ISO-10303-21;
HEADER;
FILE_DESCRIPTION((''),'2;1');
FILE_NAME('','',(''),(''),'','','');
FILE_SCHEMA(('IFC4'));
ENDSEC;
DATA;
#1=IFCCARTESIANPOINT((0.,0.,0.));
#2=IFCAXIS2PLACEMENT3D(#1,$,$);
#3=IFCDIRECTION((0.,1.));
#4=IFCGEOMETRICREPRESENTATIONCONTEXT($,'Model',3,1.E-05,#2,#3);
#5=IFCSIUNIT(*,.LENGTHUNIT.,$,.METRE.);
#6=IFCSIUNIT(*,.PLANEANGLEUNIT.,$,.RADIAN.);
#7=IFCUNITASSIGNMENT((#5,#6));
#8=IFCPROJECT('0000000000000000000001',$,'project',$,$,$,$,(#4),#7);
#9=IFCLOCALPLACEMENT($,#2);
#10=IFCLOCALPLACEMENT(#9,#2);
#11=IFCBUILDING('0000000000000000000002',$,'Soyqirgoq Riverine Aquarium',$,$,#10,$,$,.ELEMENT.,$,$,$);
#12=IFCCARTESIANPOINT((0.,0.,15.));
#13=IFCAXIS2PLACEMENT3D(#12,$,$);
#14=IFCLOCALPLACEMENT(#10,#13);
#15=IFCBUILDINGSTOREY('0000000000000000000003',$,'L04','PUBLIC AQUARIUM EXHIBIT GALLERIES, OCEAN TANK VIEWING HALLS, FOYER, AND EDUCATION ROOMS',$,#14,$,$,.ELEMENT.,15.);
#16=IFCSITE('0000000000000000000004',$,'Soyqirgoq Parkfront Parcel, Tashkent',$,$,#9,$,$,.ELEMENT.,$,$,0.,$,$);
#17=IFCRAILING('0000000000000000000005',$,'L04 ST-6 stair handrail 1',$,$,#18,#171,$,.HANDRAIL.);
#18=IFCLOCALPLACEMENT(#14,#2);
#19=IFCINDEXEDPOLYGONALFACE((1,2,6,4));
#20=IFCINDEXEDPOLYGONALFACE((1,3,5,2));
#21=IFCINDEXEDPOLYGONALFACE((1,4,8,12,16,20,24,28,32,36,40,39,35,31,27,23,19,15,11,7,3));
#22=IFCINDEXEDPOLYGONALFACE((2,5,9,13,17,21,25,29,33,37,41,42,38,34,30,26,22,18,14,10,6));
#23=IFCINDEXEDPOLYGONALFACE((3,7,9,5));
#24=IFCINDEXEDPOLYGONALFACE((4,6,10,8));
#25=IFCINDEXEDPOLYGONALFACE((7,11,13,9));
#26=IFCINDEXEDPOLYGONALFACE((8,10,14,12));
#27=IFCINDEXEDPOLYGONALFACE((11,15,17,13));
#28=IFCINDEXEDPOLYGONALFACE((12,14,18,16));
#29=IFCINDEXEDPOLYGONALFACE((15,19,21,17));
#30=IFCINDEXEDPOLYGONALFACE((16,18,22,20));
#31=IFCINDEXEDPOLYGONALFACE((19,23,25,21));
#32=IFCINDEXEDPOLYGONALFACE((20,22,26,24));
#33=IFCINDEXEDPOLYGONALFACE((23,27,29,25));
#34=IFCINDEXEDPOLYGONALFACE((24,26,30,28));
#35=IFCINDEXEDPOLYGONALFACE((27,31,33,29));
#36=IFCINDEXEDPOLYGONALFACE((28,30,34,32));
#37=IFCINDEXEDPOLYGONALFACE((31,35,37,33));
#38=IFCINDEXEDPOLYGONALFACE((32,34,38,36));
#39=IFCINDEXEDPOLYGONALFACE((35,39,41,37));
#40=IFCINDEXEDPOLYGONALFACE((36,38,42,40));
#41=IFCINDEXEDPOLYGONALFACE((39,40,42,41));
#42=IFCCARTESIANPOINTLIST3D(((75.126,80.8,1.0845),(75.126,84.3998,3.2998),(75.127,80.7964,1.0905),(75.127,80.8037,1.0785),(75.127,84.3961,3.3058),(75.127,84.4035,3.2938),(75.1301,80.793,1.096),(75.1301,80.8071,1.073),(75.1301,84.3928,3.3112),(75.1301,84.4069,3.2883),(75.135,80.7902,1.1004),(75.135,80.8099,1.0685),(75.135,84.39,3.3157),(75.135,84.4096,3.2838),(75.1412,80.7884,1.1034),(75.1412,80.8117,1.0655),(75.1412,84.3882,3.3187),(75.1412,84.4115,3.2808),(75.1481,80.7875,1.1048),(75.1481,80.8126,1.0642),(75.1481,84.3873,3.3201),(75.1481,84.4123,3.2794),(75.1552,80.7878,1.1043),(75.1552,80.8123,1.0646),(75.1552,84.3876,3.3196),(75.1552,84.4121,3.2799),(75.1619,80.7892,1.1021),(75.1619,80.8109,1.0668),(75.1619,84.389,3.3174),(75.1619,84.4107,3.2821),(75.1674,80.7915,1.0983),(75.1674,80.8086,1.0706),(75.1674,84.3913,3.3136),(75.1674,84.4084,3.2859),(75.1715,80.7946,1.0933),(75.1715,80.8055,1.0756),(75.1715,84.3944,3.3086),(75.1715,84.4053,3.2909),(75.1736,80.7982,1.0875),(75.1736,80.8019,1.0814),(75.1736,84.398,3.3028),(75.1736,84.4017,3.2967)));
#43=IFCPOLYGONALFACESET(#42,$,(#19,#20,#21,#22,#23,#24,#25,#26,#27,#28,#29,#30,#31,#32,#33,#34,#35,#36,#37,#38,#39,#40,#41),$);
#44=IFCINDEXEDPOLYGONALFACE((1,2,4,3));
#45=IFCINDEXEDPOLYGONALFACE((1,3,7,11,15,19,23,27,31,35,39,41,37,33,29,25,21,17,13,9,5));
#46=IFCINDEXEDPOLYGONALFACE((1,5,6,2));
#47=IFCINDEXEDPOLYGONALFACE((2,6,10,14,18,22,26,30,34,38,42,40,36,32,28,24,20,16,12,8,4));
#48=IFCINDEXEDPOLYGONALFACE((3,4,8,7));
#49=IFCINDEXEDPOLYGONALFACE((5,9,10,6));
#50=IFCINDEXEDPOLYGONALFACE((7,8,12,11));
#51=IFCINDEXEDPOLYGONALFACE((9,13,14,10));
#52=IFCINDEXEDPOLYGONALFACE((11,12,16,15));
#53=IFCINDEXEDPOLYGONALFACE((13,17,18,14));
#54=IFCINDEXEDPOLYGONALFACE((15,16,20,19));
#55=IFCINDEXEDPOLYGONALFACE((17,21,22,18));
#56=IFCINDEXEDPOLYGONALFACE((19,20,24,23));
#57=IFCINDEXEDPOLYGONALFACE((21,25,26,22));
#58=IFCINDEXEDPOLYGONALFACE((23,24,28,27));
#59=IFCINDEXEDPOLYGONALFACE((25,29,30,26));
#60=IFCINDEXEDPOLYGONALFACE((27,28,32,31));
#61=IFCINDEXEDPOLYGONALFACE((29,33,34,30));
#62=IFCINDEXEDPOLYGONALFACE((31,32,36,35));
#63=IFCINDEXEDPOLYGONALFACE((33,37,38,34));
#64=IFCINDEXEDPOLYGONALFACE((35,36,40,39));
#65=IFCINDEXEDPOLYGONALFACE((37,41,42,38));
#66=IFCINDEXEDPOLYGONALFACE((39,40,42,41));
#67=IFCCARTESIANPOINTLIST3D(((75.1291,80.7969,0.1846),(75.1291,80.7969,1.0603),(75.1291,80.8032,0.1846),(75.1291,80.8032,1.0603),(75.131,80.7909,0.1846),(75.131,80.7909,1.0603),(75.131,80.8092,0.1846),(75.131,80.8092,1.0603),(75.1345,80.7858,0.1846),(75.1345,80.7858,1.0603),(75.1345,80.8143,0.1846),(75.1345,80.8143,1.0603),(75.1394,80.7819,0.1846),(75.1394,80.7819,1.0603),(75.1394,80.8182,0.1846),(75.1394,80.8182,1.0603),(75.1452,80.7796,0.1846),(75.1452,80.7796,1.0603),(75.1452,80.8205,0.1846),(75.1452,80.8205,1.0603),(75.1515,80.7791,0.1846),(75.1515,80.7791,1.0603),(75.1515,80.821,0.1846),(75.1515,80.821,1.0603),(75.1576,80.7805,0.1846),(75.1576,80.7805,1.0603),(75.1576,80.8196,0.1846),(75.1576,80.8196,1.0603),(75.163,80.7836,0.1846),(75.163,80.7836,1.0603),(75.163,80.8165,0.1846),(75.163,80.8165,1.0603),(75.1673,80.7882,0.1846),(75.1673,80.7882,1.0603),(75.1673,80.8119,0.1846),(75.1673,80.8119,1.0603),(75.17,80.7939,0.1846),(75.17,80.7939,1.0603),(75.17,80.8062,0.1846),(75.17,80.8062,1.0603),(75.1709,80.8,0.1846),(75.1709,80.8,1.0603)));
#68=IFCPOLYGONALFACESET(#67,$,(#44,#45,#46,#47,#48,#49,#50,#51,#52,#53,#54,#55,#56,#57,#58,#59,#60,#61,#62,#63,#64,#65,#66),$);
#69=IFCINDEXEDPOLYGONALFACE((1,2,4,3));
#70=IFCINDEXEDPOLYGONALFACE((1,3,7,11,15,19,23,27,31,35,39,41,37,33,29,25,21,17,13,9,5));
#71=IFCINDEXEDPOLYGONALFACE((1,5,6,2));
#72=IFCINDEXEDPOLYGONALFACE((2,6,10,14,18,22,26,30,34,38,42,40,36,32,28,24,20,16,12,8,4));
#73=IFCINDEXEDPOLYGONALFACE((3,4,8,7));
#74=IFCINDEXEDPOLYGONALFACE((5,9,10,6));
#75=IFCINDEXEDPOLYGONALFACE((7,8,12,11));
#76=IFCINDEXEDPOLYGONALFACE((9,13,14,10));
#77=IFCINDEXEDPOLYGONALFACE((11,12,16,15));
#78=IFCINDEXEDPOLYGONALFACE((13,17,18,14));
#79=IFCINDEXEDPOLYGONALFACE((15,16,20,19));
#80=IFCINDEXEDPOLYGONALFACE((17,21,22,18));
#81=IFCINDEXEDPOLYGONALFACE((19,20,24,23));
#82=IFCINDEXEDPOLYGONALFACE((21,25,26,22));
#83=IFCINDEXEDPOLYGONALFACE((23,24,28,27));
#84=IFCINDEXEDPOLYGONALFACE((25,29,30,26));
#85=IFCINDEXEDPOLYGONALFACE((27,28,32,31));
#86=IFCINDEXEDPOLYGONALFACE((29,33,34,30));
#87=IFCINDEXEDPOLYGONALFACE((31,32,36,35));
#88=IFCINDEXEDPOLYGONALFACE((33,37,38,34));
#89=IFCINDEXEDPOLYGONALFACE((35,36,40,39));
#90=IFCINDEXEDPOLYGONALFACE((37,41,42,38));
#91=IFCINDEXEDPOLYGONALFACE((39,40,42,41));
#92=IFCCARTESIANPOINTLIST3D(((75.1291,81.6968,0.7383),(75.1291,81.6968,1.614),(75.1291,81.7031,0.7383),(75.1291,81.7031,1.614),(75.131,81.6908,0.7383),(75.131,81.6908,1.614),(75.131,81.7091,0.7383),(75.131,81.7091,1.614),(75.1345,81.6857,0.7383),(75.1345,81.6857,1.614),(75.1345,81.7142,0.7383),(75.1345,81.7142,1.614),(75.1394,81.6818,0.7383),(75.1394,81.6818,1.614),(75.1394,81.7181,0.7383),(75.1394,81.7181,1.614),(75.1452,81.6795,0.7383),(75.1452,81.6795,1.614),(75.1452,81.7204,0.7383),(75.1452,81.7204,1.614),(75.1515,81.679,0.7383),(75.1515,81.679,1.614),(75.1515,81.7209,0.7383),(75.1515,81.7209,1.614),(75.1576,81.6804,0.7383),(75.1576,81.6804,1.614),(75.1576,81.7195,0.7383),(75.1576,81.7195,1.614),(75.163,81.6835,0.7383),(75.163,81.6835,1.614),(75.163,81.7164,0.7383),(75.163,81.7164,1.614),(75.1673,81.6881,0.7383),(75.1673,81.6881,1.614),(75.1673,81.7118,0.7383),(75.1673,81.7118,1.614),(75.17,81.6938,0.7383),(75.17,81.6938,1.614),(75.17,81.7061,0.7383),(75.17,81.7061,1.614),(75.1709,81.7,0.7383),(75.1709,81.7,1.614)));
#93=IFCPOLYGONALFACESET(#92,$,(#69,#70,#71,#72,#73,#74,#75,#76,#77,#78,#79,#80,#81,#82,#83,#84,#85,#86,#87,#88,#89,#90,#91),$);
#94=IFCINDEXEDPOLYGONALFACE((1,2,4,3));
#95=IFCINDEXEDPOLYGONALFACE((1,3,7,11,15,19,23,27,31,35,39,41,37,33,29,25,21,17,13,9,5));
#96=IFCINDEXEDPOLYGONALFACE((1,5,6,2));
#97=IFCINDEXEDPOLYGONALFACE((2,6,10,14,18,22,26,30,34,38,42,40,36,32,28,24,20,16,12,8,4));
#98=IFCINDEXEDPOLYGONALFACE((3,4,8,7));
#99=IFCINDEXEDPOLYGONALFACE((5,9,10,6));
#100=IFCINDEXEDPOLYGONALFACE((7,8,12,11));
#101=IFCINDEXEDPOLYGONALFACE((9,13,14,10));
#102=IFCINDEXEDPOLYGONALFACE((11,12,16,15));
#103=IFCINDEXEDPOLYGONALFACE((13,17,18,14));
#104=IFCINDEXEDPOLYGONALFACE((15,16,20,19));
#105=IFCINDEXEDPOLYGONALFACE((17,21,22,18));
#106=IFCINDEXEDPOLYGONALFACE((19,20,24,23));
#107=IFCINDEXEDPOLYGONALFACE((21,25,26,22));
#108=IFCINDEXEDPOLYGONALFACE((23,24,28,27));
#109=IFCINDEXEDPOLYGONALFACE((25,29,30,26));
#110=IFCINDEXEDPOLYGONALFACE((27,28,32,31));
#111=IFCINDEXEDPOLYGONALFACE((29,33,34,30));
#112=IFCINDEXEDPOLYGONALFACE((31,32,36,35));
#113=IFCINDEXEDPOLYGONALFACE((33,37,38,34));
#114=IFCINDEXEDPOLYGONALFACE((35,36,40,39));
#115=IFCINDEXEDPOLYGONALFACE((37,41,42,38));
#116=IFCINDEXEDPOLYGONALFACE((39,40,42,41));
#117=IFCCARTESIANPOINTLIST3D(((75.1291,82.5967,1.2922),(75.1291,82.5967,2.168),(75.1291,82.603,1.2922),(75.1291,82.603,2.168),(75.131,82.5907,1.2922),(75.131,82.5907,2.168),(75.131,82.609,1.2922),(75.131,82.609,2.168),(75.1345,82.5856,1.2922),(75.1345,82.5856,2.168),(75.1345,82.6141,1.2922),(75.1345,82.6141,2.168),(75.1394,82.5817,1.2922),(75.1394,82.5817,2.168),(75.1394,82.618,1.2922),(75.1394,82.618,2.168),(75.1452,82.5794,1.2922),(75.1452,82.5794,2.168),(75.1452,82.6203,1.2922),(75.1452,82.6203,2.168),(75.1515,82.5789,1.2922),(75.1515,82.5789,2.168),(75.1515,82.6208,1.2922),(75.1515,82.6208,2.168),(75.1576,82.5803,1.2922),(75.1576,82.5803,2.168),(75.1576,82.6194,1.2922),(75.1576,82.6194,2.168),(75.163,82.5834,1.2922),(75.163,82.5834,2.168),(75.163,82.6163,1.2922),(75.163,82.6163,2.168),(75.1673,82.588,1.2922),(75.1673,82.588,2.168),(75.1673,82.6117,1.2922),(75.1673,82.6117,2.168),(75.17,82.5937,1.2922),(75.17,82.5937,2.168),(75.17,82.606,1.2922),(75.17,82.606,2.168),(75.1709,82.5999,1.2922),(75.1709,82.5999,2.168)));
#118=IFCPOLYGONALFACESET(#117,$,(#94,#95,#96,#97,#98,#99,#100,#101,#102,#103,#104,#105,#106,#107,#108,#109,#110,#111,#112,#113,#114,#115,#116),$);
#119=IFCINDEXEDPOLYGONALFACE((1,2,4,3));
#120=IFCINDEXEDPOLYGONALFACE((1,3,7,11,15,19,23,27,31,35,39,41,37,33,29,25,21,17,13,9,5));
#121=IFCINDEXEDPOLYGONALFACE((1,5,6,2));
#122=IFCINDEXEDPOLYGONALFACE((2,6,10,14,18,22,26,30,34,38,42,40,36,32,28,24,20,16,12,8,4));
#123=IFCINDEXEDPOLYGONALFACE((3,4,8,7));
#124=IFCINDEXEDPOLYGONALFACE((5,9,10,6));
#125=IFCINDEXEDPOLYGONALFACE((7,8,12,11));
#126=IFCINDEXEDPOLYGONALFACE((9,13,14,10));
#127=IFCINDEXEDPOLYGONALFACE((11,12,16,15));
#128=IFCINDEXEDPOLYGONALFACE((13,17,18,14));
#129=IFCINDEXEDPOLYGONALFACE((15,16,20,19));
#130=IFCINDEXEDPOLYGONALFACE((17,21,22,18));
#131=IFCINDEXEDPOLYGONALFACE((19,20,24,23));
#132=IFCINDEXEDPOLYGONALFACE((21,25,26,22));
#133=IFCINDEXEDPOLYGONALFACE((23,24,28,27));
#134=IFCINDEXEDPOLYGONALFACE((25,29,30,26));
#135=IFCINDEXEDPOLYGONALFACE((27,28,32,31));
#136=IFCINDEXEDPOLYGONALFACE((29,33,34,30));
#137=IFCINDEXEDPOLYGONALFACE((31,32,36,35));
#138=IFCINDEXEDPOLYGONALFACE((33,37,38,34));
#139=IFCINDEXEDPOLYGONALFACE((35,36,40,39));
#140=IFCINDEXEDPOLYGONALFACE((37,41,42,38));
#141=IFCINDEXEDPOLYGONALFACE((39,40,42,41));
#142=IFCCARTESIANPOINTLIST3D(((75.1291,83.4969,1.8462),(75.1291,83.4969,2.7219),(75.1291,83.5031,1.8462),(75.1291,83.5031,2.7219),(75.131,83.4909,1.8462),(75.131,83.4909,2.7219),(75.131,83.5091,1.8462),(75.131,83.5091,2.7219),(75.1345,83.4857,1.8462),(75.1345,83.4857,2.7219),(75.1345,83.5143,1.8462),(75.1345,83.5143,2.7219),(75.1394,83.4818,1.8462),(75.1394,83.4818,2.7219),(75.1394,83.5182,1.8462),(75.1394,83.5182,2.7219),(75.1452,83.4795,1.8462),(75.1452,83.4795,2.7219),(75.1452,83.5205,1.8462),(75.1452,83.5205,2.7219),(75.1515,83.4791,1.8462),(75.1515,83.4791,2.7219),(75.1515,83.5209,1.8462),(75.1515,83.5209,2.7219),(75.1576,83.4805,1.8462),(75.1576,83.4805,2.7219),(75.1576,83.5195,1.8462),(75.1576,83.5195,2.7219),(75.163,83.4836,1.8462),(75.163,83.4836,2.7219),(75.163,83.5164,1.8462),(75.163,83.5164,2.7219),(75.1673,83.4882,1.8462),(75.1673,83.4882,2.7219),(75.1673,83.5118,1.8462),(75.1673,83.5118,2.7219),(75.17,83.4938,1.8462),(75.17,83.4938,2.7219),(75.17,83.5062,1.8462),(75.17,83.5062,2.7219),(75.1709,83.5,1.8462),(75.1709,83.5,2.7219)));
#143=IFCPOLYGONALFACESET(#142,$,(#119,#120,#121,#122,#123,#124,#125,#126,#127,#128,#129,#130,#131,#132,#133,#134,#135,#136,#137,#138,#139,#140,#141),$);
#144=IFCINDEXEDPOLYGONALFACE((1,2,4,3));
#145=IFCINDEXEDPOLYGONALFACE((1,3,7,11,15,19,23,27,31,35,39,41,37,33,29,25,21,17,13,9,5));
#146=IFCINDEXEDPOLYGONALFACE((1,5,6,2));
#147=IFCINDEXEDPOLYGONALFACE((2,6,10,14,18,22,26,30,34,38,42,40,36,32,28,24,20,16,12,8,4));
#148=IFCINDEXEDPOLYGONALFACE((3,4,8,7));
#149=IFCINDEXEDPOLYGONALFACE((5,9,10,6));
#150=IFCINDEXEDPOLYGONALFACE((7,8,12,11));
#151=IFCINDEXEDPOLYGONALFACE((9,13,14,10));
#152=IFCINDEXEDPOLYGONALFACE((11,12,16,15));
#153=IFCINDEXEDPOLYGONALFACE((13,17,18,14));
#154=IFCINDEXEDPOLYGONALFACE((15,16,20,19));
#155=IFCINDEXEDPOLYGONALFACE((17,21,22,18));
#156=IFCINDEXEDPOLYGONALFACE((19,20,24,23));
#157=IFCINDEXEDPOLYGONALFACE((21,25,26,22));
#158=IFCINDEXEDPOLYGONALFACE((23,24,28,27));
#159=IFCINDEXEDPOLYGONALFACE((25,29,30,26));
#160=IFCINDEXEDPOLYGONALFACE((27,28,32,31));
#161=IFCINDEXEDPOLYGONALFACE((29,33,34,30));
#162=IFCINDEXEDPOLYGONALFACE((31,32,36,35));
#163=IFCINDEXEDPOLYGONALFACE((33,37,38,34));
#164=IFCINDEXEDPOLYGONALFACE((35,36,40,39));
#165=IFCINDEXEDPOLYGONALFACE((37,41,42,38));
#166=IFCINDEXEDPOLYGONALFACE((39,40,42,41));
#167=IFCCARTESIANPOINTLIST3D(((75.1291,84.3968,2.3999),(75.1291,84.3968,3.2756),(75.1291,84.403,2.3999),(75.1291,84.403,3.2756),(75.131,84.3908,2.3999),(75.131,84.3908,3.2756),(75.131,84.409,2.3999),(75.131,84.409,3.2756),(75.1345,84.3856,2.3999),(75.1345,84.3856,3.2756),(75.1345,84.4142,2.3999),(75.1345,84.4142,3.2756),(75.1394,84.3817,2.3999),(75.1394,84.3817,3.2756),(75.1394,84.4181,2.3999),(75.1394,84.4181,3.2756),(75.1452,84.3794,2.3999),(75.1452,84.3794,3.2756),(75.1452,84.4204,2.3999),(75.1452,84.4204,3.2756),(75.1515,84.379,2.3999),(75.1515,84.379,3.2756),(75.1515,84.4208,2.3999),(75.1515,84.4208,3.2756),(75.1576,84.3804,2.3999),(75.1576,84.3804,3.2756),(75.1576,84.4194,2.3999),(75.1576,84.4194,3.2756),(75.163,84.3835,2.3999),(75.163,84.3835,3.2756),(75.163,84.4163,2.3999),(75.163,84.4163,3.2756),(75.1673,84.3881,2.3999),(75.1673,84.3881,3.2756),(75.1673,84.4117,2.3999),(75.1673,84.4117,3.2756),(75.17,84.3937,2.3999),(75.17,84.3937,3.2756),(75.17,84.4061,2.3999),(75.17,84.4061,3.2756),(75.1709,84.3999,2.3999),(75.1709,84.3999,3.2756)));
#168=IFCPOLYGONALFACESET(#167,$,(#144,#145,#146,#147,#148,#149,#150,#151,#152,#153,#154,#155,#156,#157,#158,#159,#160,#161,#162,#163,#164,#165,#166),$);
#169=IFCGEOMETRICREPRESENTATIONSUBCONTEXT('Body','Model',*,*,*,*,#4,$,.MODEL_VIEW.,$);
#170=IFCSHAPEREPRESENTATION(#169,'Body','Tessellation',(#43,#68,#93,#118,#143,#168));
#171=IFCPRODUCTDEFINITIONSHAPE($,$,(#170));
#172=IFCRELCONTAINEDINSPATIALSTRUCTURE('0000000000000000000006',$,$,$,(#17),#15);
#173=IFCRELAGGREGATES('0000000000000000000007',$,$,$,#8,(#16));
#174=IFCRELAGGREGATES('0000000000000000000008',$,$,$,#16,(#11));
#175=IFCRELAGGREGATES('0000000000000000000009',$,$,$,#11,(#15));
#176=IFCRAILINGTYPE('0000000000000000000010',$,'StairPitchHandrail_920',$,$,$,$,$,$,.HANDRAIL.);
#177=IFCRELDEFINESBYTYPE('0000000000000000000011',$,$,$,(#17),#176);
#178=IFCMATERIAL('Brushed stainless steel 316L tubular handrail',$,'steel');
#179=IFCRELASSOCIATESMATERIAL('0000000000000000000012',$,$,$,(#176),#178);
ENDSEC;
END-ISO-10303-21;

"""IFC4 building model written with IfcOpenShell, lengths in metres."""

from ifc_helpers import new_model, si_unit, direction, frame, origin, origin_2d, place, context, subcontext, project, spatial, circle, extrude, material, type_object, element, save


model = new_model("IFC4")

# Units and contexts
model_context = context("Model", 3, precision=1e-05, world=origin(), true_north=direction((0.0, 1.0)))
body_context = subcontext(model_context, "Body", "Model", "MODEL_VIEW")
ifc_project = project(units=[si_unit("LENGTHUNIT", "METRE"), si_unit("PLANEANGLEUNIT", "RADIAN")], contexts=[model_context])

# Site, building, storey
site_placement = place(None, origin())
site = spatial("IfcSite", under=ifc_project, at=site_placement, Name="Soyqirgoq Parkfront Parcel, Tashkent", CompositionType="ELEMENT", RefElevation=0.0)
building_placement = place(site_placement, origin())
building = spatial("IfcBuilding", under=site, at=building_placement, Name="Soyqirgoq Riverine Aquarium", CompositionType="ELEMENT")
storey_placement = place(building_placement, frame((0.0, 0.0, 15.0)))
storey = spatial("IfcBuildingStorey", under=building, at=storey_placement, Name="L04", Description="PUBLIC AQUARIUM EXHIBIT GALLERIES, OCEAN TANK VIEWING HALLS, FOYER, AND EDUCATION ROOMS", CompositionType="ELEMENT", Elevation=15.0)

# Railing
ifc_material_1 = material(Name="Brushed stainless steel 316L tubular handrail", Category="steel")
railing_type = type_object("IfcRailingType", Name="StairPitchHandrail_920", PredefinedType="HANDRAIL", material=ifc_material_1)
railing_placement = place(storey_placement, frame((75.1499, 80.8, 0.1846)))
element("IfcRailing", 1, at=railing_placement, inside=storey, type_object=railing_type, Name="L04 ST-6 stair handrail 1", PredefinedType="HANDRAIL", context=body_context, shape_type="SweptSolid", body=[
    extrude(circle(Radius=0.0239, at=origin_2d()), frame((0.0, 0.0, 0.8999), z_axis=(0.0, 0.851654, 0.524104), x_axis=(-1.0, 0.0, 0.0)), (0.0, 0.0, 1.0), 4.2268),
    extrude(circle(Radius=0.021, at=origin_2d()), origin(), (0.0, 0.0, 1.0), 0.8757),
    extrude(circle(Radius=0.021, at=origin_2d()), frame((0.0, 0.8999, 0.5537)), (0.0, 0.0, 1.0), 0.8757),
    extrude(circle(Radius=0.021, at=origin_2d()), frame((0.0, 1.7998, 1.1077)), (0.0, 0.0, 1.0), 0.8757),
    extrude(circle(Radius=0.021, at=origin_2d()), frame((0.0, 2.7, 1.6616)), (0.0, 0.0, 1.0), 0.8757),
    extrude(circle(Radius=0.021, at=origin_2d()), frame((0.0, 3.5999, 2.2153)), (0.0, 0.0, 1.0), 0.8757),
])

save(model, "model.ifc")
